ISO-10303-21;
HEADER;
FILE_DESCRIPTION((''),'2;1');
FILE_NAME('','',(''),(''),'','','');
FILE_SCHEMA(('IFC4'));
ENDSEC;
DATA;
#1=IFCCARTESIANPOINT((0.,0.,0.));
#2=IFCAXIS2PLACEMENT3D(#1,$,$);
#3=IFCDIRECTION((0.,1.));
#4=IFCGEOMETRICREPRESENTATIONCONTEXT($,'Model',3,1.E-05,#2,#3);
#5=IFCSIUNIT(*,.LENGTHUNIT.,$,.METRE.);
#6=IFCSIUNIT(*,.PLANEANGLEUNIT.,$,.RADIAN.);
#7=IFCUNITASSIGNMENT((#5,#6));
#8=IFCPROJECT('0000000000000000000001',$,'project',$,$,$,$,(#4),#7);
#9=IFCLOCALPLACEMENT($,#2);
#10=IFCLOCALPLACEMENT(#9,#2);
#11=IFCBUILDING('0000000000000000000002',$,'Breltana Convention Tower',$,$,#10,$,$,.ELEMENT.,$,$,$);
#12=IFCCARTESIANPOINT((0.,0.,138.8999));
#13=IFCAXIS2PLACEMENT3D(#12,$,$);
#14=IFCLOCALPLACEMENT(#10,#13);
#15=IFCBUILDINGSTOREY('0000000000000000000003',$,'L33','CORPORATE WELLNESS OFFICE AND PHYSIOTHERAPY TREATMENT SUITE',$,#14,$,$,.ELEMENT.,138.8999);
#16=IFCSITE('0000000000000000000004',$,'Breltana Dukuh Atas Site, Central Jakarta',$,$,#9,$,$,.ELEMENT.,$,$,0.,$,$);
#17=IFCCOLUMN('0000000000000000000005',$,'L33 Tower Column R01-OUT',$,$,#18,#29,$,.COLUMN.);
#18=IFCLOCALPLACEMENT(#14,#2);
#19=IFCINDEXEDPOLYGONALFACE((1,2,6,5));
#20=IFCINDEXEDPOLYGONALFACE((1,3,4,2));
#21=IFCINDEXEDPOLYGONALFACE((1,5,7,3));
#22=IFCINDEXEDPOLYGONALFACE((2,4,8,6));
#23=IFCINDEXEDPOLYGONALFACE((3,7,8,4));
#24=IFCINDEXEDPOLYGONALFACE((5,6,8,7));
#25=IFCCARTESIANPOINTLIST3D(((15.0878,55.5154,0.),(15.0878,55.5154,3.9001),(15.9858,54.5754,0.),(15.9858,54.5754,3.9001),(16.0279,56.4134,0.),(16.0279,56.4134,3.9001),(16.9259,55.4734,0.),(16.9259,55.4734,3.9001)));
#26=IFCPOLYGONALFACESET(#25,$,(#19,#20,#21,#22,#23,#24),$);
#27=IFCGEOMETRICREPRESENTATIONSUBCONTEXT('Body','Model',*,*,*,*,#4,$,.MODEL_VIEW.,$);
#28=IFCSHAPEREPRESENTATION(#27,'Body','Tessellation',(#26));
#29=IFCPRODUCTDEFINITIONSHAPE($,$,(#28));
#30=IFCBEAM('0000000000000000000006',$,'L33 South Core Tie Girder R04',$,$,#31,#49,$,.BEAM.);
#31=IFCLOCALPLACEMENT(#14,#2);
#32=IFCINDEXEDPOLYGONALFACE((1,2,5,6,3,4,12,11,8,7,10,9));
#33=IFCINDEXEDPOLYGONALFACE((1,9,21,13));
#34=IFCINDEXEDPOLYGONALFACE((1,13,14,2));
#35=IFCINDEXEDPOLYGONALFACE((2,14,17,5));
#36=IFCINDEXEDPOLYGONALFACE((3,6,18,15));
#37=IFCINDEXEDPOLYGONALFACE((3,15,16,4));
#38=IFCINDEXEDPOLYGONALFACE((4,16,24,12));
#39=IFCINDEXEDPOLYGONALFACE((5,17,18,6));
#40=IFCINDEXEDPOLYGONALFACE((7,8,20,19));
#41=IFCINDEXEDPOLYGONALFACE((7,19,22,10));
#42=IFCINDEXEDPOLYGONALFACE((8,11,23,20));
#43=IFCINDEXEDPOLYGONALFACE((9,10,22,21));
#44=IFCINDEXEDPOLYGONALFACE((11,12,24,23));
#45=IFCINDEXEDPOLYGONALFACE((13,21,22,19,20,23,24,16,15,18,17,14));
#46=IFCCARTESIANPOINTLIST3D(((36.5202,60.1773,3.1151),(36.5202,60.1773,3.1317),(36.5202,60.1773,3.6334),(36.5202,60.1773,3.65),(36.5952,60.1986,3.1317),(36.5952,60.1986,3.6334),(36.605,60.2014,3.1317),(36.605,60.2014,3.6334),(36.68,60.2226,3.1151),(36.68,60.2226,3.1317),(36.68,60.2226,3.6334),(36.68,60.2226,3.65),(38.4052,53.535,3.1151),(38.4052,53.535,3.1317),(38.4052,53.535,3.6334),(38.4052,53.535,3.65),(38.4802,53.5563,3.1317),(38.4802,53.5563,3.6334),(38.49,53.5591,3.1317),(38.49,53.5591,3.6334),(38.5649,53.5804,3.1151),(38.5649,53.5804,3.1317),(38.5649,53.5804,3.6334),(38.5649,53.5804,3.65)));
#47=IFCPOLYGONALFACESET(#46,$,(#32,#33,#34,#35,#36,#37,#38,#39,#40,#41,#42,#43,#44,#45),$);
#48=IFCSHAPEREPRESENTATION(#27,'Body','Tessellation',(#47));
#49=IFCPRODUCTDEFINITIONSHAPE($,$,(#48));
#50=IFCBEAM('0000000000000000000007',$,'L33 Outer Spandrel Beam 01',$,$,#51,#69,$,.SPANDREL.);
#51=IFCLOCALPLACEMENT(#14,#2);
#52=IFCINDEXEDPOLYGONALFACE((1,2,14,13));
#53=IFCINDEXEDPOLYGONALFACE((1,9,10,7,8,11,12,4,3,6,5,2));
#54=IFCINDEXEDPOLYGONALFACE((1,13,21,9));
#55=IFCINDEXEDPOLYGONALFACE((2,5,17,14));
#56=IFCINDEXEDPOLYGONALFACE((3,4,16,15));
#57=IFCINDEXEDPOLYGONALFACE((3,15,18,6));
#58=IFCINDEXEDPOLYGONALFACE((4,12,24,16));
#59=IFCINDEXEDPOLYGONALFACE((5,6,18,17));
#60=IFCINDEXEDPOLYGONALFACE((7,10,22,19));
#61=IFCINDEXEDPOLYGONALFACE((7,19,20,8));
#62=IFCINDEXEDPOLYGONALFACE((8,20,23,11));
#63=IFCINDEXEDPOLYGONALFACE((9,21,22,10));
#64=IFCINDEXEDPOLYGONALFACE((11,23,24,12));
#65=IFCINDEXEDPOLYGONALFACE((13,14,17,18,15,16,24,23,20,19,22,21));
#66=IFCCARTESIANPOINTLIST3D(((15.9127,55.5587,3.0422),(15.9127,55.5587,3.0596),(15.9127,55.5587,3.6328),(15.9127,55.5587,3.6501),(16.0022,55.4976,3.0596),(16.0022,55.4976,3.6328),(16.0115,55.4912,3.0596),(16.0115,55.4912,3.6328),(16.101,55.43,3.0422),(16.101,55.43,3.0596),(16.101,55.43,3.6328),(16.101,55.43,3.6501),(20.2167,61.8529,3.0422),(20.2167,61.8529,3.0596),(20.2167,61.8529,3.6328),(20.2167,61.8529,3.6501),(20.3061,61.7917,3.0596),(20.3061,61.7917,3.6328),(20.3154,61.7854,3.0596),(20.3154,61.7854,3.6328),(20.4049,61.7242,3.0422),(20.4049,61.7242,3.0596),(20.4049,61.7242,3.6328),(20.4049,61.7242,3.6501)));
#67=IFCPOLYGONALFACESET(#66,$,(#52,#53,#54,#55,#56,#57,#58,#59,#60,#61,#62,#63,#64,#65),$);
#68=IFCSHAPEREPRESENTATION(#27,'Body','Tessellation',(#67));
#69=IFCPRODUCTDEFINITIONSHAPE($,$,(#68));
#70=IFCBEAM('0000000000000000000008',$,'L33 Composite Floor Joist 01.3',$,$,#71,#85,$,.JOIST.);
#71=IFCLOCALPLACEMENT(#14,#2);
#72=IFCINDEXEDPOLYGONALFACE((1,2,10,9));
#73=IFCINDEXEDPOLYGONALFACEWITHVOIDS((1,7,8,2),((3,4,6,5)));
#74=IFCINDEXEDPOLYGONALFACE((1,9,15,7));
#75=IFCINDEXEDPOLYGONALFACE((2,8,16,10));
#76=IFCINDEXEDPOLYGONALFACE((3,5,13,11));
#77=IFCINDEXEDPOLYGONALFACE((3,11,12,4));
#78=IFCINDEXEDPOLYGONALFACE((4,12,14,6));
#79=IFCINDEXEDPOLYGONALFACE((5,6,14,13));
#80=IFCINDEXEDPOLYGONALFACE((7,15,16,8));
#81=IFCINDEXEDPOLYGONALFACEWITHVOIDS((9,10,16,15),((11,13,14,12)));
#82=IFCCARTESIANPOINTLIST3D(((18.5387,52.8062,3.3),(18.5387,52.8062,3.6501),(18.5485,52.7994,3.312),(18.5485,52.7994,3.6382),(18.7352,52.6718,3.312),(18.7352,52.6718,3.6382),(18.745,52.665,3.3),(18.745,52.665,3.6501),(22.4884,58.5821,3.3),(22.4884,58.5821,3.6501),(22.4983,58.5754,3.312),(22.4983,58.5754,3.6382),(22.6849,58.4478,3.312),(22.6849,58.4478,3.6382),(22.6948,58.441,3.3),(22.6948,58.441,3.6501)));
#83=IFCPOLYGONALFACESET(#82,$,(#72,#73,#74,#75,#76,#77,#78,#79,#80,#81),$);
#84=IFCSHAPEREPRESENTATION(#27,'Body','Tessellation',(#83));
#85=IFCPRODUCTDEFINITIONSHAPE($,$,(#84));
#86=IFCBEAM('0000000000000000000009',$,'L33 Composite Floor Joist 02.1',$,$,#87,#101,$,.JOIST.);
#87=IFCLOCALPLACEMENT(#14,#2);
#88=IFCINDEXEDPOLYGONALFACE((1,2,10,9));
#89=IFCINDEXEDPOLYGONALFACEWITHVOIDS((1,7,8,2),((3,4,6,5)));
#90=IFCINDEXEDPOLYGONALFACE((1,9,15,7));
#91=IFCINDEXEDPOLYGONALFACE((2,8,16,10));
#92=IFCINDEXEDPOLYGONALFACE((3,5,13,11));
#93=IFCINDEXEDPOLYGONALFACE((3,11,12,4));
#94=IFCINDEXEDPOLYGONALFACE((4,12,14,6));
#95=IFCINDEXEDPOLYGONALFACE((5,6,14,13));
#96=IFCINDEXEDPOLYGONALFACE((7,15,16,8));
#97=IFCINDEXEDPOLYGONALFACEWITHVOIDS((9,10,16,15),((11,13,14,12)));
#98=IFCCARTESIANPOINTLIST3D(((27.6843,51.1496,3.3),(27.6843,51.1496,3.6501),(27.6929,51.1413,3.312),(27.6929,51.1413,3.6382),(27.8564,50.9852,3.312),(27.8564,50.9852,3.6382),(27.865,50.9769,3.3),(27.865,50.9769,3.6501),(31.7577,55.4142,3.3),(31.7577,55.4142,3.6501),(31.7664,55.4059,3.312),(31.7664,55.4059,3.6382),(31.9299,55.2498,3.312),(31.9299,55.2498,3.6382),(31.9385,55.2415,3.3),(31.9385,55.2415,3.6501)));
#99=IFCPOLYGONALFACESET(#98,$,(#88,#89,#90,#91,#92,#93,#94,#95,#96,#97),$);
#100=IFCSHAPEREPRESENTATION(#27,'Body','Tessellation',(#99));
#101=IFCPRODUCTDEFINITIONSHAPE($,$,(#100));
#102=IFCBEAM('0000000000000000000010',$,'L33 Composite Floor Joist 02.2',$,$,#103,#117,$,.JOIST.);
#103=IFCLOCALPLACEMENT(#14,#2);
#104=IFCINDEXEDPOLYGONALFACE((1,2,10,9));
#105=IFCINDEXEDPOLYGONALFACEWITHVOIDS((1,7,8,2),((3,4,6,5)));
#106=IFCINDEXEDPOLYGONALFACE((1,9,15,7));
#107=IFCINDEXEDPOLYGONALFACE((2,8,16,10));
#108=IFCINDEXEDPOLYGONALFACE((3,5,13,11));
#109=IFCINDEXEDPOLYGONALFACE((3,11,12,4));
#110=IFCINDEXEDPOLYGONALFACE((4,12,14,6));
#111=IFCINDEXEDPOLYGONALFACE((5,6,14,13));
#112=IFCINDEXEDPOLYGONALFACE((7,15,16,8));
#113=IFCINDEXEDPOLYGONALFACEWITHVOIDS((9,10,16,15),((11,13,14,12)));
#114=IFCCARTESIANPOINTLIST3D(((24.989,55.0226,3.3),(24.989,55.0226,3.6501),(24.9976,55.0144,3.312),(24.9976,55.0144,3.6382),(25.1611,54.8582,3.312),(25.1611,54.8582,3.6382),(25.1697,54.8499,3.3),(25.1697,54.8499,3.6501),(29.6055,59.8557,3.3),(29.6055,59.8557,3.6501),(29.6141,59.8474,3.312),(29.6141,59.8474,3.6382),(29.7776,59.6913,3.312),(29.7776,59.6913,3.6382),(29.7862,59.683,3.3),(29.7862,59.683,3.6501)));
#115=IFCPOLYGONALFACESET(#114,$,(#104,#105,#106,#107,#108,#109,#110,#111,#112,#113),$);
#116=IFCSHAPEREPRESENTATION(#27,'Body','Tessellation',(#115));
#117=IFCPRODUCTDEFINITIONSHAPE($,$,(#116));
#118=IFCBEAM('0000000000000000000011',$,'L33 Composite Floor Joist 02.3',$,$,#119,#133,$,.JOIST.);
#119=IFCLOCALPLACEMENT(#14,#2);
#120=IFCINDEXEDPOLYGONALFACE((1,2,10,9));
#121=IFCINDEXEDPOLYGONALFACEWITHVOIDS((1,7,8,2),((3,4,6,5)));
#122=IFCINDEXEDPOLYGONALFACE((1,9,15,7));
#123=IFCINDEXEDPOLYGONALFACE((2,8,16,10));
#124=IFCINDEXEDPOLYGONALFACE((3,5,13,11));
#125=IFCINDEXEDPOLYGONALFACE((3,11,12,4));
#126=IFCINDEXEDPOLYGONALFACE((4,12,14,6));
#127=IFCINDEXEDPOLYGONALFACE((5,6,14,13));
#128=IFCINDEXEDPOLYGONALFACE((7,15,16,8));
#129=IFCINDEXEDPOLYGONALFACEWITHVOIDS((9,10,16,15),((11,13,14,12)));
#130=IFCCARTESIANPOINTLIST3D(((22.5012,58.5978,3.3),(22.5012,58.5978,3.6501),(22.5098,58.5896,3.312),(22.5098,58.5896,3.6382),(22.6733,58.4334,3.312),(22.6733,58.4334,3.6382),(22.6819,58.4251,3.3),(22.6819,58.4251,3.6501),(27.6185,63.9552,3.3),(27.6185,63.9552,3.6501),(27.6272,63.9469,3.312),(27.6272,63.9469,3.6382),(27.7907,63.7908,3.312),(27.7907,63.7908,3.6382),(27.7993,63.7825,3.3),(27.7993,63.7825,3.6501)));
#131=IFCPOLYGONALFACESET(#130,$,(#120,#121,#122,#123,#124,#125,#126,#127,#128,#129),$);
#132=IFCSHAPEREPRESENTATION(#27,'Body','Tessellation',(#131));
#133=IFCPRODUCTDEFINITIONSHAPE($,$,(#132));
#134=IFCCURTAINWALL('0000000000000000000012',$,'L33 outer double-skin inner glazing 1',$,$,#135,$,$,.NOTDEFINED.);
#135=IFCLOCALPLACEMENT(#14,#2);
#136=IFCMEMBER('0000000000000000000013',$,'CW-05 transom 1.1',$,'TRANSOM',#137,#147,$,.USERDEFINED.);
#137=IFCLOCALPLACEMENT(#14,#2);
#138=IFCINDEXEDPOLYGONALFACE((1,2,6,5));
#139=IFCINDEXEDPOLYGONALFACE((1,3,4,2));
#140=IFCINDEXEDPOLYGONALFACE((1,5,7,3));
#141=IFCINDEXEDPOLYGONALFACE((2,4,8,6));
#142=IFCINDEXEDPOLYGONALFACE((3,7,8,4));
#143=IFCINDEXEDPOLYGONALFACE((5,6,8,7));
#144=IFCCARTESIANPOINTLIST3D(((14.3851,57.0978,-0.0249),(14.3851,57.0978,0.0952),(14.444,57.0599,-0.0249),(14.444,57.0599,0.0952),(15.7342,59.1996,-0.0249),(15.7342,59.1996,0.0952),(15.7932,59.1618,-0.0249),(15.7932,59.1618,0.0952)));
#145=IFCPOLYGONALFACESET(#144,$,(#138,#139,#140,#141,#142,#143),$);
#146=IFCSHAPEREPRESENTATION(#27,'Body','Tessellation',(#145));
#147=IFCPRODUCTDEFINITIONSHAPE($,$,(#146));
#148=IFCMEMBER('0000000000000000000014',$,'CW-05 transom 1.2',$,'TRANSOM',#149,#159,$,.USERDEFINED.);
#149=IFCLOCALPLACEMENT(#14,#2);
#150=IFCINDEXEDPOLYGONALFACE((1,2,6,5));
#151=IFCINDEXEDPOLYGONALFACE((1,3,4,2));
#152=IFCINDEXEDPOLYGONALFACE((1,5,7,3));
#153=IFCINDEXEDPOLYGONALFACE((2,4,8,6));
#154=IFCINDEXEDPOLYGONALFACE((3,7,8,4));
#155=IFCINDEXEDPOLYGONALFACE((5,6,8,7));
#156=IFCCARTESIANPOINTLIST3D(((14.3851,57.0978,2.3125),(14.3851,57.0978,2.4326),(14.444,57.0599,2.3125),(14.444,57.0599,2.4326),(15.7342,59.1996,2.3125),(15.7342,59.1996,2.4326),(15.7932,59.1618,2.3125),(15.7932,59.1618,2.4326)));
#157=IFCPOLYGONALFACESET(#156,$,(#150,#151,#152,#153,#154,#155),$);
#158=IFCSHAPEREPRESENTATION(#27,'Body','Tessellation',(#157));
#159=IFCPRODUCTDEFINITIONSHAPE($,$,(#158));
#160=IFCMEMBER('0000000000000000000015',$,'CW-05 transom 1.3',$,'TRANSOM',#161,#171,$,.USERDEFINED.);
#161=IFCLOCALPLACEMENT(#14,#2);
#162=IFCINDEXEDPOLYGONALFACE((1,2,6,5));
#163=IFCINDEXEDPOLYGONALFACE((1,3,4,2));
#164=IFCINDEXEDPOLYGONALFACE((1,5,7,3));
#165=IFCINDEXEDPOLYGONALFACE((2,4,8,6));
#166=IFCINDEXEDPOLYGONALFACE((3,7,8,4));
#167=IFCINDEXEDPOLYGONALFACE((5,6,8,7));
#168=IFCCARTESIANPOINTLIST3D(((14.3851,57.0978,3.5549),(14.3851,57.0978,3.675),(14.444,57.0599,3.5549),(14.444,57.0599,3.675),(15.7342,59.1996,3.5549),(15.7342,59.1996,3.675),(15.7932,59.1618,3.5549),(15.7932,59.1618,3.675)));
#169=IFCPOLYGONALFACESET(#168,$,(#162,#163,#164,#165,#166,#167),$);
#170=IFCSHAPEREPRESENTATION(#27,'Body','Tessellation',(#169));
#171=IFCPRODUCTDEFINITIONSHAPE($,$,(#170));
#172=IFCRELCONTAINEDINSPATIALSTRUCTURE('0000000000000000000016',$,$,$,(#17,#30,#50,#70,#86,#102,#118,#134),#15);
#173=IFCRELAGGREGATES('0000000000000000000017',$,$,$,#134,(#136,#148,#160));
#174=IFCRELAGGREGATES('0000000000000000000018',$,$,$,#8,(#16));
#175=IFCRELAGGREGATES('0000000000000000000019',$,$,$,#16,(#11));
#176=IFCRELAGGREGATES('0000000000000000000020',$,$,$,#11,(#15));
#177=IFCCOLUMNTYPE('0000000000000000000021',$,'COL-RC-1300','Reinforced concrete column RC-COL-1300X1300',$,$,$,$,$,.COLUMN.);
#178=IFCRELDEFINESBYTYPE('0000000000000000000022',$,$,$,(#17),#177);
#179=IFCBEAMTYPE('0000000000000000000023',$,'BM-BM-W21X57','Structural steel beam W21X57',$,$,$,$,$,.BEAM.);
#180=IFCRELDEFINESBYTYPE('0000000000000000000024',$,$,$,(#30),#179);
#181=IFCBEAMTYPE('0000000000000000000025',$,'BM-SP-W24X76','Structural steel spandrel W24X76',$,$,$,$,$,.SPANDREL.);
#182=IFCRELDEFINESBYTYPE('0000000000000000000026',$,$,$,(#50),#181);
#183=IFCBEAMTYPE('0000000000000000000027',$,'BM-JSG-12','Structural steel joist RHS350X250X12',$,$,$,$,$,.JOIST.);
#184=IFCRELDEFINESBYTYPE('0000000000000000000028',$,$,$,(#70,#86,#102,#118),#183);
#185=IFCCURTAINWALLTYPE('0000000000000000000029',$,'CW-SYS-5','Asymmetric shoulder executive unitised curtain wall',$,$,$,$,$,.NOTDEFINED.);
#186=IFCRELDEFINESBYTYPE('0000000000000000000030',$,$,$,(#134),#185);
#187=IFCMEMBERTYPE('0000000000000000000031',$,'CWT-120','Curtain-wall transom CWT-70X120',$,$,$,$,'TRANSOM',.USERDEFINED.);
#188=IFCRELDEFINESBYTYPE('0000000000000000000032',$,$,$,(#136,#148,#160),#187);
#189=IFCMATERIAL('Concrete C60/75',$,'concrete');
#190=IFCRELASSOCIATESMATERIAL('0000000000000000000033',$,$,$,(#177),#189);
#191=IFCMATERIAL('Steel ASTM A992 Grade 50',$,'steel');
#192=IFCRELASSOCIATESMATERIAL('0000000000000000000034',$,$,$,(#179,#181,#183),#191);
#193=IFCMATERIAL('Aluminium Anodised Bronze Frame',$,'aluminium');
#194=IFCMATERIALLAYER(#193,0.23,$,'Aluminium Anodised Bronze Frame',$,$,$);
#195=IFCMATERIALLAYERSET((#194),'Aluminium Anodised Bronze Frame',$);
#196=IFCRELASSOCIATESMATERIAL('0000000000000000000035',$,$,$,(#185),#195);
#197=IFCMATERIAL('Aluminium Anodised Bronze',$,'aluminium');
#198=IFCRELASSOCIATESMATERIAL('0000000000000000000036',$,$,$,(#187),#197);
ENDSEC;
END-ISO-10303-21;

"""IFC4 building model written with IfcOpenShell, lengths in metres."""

from ifc_helpers import new_model, si_unit, direction, frame, origin, origin_2d, place, context, subcontext, project, spatial, rectangle, hollow_rectangle, i_section, extrude, source, transform, mapped, material, layer, layer_set, material_profile, profile_set, type_object, type_shapes, element, aggregate, save


model = new_model("IFC4")

# Units and contexts
model_context = context("Model", 3, precision=1e-05, world=origin(), true_north=direction((0.0, 1.0)))
body_context = subcontext(model_context, "Body", "Model", "MODEL_VIEW")
ifc_project = project(units=[si_unit("LENGTHUNIT", "METRE"), si_unit("PLANEANGLEUNIT", "RADIAN")], contexts=[model_context])

# Site, building, storey
site_placement = place(None, origin())
site = spatial("IfcSite", under=ifc_project, at=site_placement, Name="Breltana Dukuh Atas Site, Central Jakarta", CompositionType="ELEMENT", RefElevation=0.0)
building_placement = place(site_placement, origin())
building = spatial("IfcBuilding", under=site, at=building_placement, Name="Breltana Convention Tower", CompositionType="ELEMENT")
storey_placement = place(building_placement, frame((0.0, 0.0, 138.8999)))
storey = spatial("IfcBuildingStorey", under=building, at=storey_placement, Name="L33", Description="CORPORATE WELLNESS OFFICE AND PHYSIOTHERAPY TREATMENT SUITE", CompositionType="ELEMENT", Elevation=138.8999)

# Column
ifc_material_1 = material(Name="Concrete C60/75", Category="concrete")
ifc_material_profile_1 = material_profile(ifc_material_1, rectangle(XDim=1.3, YDim=1.3, at=origin_2d()), Name="RC-COL-1300X1300")
ifc_profile_set_1 = profile_set([ifc_material_profile_1], Name="Concrete C60/75")
column_type = type_object("IfcColumnType", Name="COL-RC-1300", Description="Reinforced concrete column RC-COL-1300X1300", PredefinedType="COLUMN", material=ifc_profile_set_1)
shared_shape_1 = source(origin(), body_context, "Body", "SweptSolid", [
    extrude(rectangle(XDim=1.3, YDim=1.3, at=origin_2d()), origin(), (0.0, 0.0, 1.0), 3.9001),
])
column_placement = place(storey_placement, frame((16.0068, 55.4944, 0.0), z_axis=(0.0, 0.0, 1.0), x_axis=(-0.690756, 0.723088, 0.0)))
element("IfcColumn", 1, at=column_placement, inside=storey, type_object=column_type, Name="L33 Tower Column R01-OUT", PredefinedType="COLUMN", context=body_context, shape_type="MappedRepresentation", body=[
    mapped(shared_shape_1, transform((0.0, 0.0, 0.0), scale=1.0)),
])

# Beams
ifc_material_2 = material(Name="Steel ASTM A992 Grade 50", Category="steel")
ifc_material_profile_2 = material_profile(ifc_material_2, i_section(OverallWidth=0.166, OverallDepth=0.5349, WebThickness=0.0103, FlangeThickness=0.0166, at=origin_2d()), Name="W21X57")
ifc_profile_set_2 = profile_set([ifc_material_profile_2], Name="Steel ASTM A992 Grade 50")
beam_type_1 = type_object("IfcBeamType", Name="BM-BM-W21X57", Description="Structural steel beam W21X57", PredefinedType="BEAM", material=ifc_profile_set_2)
shared_shape_2 = source(origin(), body_context, "Body", "SweptSolid", [
    extrude(i_section(OverallWidth=0.166, OverallDepth=0.5349, WebThickness=0.0103, FlangeThickness=0.0166, at=origin_2d()), origin(), (0.0, 0.0, 1.0), 6.9045),
])
type_shapes(beam_type_1, [shared_shape_2])
beam_1_placement = place(storey_placement, frame((36.6001, 60.2, 3.3826), z_axis=(0.273007, -0.962012, 0.0), x_axis=(0.962012, 0.273007, 0.0)))
element("IfcBeam", 2, at=beam_1_placement, inside=storey, type_object=beam_type_1, Name="L33 South Core Tie Girder R04", PredefinedType="BEAM", context=body_context, shape_type="MappedRepresentation", body=[
    mapped(shared_shape_2, transform((0.0, 0.0, 0.0), scale=1.0)),
])
ifc_material_profile_3 = material_profile(ifc_material_2, i_section(OverallWidth=0.228, OverallDepth=0.6079, WebThickness=0.0112, FlangeThickness=0.0173, at=origin_2d()), Name="W24X76")
ifc_profile_set_3 = profile_set([ifc_material_profile_3], Name="Steel ASTM A992 Grade 50")
beam_type_2 = type_object("IfcBeamType", Name="BM-SP-W24X76", Description="Structural steel spandrel W24X76", PredefinedType="SPANDREL", material=ifc_profile_set_3)
shared_shape_3 = source(origin(), body_context, "Body", "SweptSolid", [
    extrude(i_section(OverallWidth=0.228, OverallDepth=0.6079, WebThickness=0.0112, FlangeThickness=0.0173, at=origin_2d()), origin(), (0.0, 0.0, 1.0), 7.625),
])
type_shapes(beam_type_2, [shared_shape_3])
beam_2_placement = place(storey_placement, frame((16.0068, 55.4944, 3.3462), z_axis=(0.564452, 0.825466, 0.0), x_axis=(-0.825466, 0.564452, 0.0)))
element("IfcBeam", 3, at=beam_2_placement, inside=storey, type_object=beam_type_2, Name="L33 Outer Spandrel Beam 01", PredefinedType="SPANDREL", context=body_context, shape_type="MappedRepresentation", body=[
    mapped(shared_shape_3, transform((0.0, 0.0, 0.0), scale=1.0)),
])
ifc_material_profile_4 = material_profile(ifc_material_2, hollow_rectangle(XDim=0.25, YDim=0.3501, WallThickness=0.012, at=origin_2d()), Name="RHS350X250X12")
ifc_profile_set_4 = profile_set([ifc_material_profile_4], Name="Steel ASTM A992 Grade 50")
beam_type_3 = type_object("IfcBeamType", Name="BM-JSG-12", Description="Structural steel joist RHS350X250X12", PredefinedType="JOIST", material=ifc_profile_set_4)
shared_shape_4 = source(origin(), body_context, "Body", "SweptSolid", [
    extrude(hollow_rectangle(XDim=0.25, YDim=0.3501, WallThickness=0.012, at=origin_2d()), origin(), (0.0, 0.0, 1.0), 6.9973),
])
beam_3_placement = place(storey_placement, frame((18.6418, 52.7356, 3.4751), z_axis=(0.564469, 0.825454, 0.0), x_axis=(-0.825454, 0.564469, 0.0)))
element("IfcBeam", 4, at=beam_3_placement, inside=storey, type_object=beam_type_3, Name="L33 Composite Floor Joist 01.3", PredefinedType="JOIST", context=body_context, shape_type="MappedRepresentation", body=[
    mapped(shared_shape_4, transform((0.0, 0.0, 0.0), scale=1.0)),
])
shared_shape_5 = source(origin(), body_context, "Body", "SweptSolid", [
    extrude(hollow_rectangle(XDim=0.25, YDim=0.3501, WallThickness=0.012, at=origin_2d()), origin(), (0.0, 0.0, 1.0), 5.8975),
])
beam_4_placement = place(storey_placement, frame((27.7747, 51.0632, 3.4751), z_axis=(0.690714, 0.723128, 0.0), x_axis=(-0.723128, 0.690714, 0.0)))
element("IfcBeam", 5, at=beam_4_placement, inside=storey, type_object=beam_type_3, Name="L33 Composite Floor Joist 02.1", PredefinedType="JOIST", context=body_context, shape_type="MappedRepresentation", body=[
    mapped(shared_shape_5, transform((0.0, 0.0, 0.0), scale=1.0)),
])
shared_shape_6 = source(origin(), body_context, "Body", "SweptSolid", [
    extrude(hollow_rectangle(XDim=0.25, YDim=0.3501, WallThickness=0.012, at=origin_2d()), origin(), (0.0, 0.0, 1.0), 6.6836),
])
beam_5_placement = place(storey_placement, frame((25.0793, 54.9363, 3.4751), z_axis=(0.690721, 0.723122, 0.0), x_axis=(-0.723122, 0.690721, 0.0)))
element("IfcBeam", 6, at=beam_5_placement, inside=storey, type_object=beam_type_3, Name="L33 Composite Floor Joist 02.2", PredefinedType="JOIST", context=body_context, shape_type="MappedRepresentation", body=[
    mapped(shared_shape_6, transform((0.0, 0.0, 0.0), scale=1.0)),
])
shared_shape_7 = source(origin(), body_context, "Body", "SweptSolid", [
    extrude(hollow_rectangle(XDim=0.25, YDim=0.3501, WallThickness=0.012, at=origin_2d()), origin(), (0.0, 0.0, 1.0), 7.4087),
])
beam_6_placement = place(storey_placement, frame((22.5916, 58.5115, 3.4751), z_axis=(0.690725, 0.723118, 0.0), x_axis=(-0.723118, 0.690725, 0.0)))
element("IfcBeam", 7, at=beam_6_placement, inside=storey, type_object=beam_type_3, Name="L33 Composite Floor Joist 02.3", PredefinedType="JOIST", context=body_context, shape_type="MappedRepresentation", body=[
    mapped(shared_shape_7, transform((0.0, 0.0, 0.0), scale=1.0)),
])

# Curtain wall, members
ifc_material_3 = material(Name="Aluminium Anodised Bronze Frame", Category="aluminium")
ifc_layer_1 = layer(ifc_material_3, 0.23, Name="Aluminium Anodised Bronze Frame")
ifc_layer_set_1 = layer_set([ifc_layer_1], Name="Aluminium Anodised Bronze Frame")
curtain_wall_type = type_object("IfcCurtainWallType", Name="CW-SYS-5", Description="Asymmetric shoulder executive unitised curtain wall", PredefinedType="NOTDEFINED", material=ifc_layer_set_1)
curtain_wall_placement = place(storey_placement, origin())
curtain_wall = element("IfcCurtainWall", 8, at=curtain_wall_placement, inside=storey, type_object=curtain_wall_type, Name="L33 outer double-skin inner glazing 1", PredefinedType="NOTDEFINED")
ifc_material_4 = material(Name="Aluminium Anodised Bronze", Category="aluminium")
ifc_material_profile_5 = material_profile(ifc_material_4, rectangle(XDim=0.0701, YDim=0.1201, at=origin_2d()), Name="CWT-70X120")
ifc_profile_set_5 = profile_set([ifc_material_profile_5], Name="Aluminium Anodised Bronze")
member_type_1 = type_object("IfcMemberType", Name="CWT-120", Description="Curtain-wall transom CWT-70X120", ElementType="TRANSOM", PredefinedType="USERDEFINED", material=ifc_profile_set_5)
shared_shape_8 = source(origin(), body_context, "Body", "SweptSolid", [
    extrude(rectangle(XDim=0.0701, YDim=0.1201, at=origin_2d()), origin(), (0.0, 0.0, 1.0), 2.4976),
])
member_1_placement = place(storey_placement, frame((14.4146, 57.0789, 0.0352), z_axis=(0.540179, 0.84155, 0.0), x_axis=(-0.84155, 0.540179, 0.0)))
member_1 = element("IfcMember", 9, at=member_1_placement, type_object=member_type_1, Name="CW-05 transom 1.1", ObjectType="TRANSOM", PredefinedType="USERDEFINED", context=body_context, shape_type="MappedRepresentation", body=[
    mapped(shared_shape_8, transform((0.0, 0.0, 0.0), scale=1.0)),
])
member_2_placement = place(storey_placement, frame((14.4146, 57.0789, 2.3726), z_axis=(0.540179, 0.84155, 0.0), x_axis=(-0.84155, 0.540179, 0.0)))
member_2 = element("IfcMember", 10, at=member_2_placement, type_object=member_type_1, Name="CW-05 transom 1.2", ObjectType="TRANSOM", PredefinedType="USERDEFINED", context=body_context, shape_type="MappedRepresentation", body=[
    mapped(shared_shape_8, transform((0.0, 0.0, 0.0), scale=1.0)),
])
member_3_placement = place(storey_placement, frame((14.4146, 57.0789, 3.615), z_axis=(0.540179, 0.84155, 0.0), x_axis=(-0.84155, 0.540179, 0.0)))
member_3 = element("IfcMember", 11, at=member_3_placement, type_object=member_type_1, Name="CW-05 transom 1.3", ObjectType="TRANSOM", PredefinedType="USERDEFINED", context=body_context, shape_type="MappedRepresentation", body=[
    mapped(shared_shape_8, transform((0.0, 0.0, 0.0), scale=1.0)),
])
aggregate(curtain_wall, [member_1, member_2, member_3])

save(model, "model.ifc")
